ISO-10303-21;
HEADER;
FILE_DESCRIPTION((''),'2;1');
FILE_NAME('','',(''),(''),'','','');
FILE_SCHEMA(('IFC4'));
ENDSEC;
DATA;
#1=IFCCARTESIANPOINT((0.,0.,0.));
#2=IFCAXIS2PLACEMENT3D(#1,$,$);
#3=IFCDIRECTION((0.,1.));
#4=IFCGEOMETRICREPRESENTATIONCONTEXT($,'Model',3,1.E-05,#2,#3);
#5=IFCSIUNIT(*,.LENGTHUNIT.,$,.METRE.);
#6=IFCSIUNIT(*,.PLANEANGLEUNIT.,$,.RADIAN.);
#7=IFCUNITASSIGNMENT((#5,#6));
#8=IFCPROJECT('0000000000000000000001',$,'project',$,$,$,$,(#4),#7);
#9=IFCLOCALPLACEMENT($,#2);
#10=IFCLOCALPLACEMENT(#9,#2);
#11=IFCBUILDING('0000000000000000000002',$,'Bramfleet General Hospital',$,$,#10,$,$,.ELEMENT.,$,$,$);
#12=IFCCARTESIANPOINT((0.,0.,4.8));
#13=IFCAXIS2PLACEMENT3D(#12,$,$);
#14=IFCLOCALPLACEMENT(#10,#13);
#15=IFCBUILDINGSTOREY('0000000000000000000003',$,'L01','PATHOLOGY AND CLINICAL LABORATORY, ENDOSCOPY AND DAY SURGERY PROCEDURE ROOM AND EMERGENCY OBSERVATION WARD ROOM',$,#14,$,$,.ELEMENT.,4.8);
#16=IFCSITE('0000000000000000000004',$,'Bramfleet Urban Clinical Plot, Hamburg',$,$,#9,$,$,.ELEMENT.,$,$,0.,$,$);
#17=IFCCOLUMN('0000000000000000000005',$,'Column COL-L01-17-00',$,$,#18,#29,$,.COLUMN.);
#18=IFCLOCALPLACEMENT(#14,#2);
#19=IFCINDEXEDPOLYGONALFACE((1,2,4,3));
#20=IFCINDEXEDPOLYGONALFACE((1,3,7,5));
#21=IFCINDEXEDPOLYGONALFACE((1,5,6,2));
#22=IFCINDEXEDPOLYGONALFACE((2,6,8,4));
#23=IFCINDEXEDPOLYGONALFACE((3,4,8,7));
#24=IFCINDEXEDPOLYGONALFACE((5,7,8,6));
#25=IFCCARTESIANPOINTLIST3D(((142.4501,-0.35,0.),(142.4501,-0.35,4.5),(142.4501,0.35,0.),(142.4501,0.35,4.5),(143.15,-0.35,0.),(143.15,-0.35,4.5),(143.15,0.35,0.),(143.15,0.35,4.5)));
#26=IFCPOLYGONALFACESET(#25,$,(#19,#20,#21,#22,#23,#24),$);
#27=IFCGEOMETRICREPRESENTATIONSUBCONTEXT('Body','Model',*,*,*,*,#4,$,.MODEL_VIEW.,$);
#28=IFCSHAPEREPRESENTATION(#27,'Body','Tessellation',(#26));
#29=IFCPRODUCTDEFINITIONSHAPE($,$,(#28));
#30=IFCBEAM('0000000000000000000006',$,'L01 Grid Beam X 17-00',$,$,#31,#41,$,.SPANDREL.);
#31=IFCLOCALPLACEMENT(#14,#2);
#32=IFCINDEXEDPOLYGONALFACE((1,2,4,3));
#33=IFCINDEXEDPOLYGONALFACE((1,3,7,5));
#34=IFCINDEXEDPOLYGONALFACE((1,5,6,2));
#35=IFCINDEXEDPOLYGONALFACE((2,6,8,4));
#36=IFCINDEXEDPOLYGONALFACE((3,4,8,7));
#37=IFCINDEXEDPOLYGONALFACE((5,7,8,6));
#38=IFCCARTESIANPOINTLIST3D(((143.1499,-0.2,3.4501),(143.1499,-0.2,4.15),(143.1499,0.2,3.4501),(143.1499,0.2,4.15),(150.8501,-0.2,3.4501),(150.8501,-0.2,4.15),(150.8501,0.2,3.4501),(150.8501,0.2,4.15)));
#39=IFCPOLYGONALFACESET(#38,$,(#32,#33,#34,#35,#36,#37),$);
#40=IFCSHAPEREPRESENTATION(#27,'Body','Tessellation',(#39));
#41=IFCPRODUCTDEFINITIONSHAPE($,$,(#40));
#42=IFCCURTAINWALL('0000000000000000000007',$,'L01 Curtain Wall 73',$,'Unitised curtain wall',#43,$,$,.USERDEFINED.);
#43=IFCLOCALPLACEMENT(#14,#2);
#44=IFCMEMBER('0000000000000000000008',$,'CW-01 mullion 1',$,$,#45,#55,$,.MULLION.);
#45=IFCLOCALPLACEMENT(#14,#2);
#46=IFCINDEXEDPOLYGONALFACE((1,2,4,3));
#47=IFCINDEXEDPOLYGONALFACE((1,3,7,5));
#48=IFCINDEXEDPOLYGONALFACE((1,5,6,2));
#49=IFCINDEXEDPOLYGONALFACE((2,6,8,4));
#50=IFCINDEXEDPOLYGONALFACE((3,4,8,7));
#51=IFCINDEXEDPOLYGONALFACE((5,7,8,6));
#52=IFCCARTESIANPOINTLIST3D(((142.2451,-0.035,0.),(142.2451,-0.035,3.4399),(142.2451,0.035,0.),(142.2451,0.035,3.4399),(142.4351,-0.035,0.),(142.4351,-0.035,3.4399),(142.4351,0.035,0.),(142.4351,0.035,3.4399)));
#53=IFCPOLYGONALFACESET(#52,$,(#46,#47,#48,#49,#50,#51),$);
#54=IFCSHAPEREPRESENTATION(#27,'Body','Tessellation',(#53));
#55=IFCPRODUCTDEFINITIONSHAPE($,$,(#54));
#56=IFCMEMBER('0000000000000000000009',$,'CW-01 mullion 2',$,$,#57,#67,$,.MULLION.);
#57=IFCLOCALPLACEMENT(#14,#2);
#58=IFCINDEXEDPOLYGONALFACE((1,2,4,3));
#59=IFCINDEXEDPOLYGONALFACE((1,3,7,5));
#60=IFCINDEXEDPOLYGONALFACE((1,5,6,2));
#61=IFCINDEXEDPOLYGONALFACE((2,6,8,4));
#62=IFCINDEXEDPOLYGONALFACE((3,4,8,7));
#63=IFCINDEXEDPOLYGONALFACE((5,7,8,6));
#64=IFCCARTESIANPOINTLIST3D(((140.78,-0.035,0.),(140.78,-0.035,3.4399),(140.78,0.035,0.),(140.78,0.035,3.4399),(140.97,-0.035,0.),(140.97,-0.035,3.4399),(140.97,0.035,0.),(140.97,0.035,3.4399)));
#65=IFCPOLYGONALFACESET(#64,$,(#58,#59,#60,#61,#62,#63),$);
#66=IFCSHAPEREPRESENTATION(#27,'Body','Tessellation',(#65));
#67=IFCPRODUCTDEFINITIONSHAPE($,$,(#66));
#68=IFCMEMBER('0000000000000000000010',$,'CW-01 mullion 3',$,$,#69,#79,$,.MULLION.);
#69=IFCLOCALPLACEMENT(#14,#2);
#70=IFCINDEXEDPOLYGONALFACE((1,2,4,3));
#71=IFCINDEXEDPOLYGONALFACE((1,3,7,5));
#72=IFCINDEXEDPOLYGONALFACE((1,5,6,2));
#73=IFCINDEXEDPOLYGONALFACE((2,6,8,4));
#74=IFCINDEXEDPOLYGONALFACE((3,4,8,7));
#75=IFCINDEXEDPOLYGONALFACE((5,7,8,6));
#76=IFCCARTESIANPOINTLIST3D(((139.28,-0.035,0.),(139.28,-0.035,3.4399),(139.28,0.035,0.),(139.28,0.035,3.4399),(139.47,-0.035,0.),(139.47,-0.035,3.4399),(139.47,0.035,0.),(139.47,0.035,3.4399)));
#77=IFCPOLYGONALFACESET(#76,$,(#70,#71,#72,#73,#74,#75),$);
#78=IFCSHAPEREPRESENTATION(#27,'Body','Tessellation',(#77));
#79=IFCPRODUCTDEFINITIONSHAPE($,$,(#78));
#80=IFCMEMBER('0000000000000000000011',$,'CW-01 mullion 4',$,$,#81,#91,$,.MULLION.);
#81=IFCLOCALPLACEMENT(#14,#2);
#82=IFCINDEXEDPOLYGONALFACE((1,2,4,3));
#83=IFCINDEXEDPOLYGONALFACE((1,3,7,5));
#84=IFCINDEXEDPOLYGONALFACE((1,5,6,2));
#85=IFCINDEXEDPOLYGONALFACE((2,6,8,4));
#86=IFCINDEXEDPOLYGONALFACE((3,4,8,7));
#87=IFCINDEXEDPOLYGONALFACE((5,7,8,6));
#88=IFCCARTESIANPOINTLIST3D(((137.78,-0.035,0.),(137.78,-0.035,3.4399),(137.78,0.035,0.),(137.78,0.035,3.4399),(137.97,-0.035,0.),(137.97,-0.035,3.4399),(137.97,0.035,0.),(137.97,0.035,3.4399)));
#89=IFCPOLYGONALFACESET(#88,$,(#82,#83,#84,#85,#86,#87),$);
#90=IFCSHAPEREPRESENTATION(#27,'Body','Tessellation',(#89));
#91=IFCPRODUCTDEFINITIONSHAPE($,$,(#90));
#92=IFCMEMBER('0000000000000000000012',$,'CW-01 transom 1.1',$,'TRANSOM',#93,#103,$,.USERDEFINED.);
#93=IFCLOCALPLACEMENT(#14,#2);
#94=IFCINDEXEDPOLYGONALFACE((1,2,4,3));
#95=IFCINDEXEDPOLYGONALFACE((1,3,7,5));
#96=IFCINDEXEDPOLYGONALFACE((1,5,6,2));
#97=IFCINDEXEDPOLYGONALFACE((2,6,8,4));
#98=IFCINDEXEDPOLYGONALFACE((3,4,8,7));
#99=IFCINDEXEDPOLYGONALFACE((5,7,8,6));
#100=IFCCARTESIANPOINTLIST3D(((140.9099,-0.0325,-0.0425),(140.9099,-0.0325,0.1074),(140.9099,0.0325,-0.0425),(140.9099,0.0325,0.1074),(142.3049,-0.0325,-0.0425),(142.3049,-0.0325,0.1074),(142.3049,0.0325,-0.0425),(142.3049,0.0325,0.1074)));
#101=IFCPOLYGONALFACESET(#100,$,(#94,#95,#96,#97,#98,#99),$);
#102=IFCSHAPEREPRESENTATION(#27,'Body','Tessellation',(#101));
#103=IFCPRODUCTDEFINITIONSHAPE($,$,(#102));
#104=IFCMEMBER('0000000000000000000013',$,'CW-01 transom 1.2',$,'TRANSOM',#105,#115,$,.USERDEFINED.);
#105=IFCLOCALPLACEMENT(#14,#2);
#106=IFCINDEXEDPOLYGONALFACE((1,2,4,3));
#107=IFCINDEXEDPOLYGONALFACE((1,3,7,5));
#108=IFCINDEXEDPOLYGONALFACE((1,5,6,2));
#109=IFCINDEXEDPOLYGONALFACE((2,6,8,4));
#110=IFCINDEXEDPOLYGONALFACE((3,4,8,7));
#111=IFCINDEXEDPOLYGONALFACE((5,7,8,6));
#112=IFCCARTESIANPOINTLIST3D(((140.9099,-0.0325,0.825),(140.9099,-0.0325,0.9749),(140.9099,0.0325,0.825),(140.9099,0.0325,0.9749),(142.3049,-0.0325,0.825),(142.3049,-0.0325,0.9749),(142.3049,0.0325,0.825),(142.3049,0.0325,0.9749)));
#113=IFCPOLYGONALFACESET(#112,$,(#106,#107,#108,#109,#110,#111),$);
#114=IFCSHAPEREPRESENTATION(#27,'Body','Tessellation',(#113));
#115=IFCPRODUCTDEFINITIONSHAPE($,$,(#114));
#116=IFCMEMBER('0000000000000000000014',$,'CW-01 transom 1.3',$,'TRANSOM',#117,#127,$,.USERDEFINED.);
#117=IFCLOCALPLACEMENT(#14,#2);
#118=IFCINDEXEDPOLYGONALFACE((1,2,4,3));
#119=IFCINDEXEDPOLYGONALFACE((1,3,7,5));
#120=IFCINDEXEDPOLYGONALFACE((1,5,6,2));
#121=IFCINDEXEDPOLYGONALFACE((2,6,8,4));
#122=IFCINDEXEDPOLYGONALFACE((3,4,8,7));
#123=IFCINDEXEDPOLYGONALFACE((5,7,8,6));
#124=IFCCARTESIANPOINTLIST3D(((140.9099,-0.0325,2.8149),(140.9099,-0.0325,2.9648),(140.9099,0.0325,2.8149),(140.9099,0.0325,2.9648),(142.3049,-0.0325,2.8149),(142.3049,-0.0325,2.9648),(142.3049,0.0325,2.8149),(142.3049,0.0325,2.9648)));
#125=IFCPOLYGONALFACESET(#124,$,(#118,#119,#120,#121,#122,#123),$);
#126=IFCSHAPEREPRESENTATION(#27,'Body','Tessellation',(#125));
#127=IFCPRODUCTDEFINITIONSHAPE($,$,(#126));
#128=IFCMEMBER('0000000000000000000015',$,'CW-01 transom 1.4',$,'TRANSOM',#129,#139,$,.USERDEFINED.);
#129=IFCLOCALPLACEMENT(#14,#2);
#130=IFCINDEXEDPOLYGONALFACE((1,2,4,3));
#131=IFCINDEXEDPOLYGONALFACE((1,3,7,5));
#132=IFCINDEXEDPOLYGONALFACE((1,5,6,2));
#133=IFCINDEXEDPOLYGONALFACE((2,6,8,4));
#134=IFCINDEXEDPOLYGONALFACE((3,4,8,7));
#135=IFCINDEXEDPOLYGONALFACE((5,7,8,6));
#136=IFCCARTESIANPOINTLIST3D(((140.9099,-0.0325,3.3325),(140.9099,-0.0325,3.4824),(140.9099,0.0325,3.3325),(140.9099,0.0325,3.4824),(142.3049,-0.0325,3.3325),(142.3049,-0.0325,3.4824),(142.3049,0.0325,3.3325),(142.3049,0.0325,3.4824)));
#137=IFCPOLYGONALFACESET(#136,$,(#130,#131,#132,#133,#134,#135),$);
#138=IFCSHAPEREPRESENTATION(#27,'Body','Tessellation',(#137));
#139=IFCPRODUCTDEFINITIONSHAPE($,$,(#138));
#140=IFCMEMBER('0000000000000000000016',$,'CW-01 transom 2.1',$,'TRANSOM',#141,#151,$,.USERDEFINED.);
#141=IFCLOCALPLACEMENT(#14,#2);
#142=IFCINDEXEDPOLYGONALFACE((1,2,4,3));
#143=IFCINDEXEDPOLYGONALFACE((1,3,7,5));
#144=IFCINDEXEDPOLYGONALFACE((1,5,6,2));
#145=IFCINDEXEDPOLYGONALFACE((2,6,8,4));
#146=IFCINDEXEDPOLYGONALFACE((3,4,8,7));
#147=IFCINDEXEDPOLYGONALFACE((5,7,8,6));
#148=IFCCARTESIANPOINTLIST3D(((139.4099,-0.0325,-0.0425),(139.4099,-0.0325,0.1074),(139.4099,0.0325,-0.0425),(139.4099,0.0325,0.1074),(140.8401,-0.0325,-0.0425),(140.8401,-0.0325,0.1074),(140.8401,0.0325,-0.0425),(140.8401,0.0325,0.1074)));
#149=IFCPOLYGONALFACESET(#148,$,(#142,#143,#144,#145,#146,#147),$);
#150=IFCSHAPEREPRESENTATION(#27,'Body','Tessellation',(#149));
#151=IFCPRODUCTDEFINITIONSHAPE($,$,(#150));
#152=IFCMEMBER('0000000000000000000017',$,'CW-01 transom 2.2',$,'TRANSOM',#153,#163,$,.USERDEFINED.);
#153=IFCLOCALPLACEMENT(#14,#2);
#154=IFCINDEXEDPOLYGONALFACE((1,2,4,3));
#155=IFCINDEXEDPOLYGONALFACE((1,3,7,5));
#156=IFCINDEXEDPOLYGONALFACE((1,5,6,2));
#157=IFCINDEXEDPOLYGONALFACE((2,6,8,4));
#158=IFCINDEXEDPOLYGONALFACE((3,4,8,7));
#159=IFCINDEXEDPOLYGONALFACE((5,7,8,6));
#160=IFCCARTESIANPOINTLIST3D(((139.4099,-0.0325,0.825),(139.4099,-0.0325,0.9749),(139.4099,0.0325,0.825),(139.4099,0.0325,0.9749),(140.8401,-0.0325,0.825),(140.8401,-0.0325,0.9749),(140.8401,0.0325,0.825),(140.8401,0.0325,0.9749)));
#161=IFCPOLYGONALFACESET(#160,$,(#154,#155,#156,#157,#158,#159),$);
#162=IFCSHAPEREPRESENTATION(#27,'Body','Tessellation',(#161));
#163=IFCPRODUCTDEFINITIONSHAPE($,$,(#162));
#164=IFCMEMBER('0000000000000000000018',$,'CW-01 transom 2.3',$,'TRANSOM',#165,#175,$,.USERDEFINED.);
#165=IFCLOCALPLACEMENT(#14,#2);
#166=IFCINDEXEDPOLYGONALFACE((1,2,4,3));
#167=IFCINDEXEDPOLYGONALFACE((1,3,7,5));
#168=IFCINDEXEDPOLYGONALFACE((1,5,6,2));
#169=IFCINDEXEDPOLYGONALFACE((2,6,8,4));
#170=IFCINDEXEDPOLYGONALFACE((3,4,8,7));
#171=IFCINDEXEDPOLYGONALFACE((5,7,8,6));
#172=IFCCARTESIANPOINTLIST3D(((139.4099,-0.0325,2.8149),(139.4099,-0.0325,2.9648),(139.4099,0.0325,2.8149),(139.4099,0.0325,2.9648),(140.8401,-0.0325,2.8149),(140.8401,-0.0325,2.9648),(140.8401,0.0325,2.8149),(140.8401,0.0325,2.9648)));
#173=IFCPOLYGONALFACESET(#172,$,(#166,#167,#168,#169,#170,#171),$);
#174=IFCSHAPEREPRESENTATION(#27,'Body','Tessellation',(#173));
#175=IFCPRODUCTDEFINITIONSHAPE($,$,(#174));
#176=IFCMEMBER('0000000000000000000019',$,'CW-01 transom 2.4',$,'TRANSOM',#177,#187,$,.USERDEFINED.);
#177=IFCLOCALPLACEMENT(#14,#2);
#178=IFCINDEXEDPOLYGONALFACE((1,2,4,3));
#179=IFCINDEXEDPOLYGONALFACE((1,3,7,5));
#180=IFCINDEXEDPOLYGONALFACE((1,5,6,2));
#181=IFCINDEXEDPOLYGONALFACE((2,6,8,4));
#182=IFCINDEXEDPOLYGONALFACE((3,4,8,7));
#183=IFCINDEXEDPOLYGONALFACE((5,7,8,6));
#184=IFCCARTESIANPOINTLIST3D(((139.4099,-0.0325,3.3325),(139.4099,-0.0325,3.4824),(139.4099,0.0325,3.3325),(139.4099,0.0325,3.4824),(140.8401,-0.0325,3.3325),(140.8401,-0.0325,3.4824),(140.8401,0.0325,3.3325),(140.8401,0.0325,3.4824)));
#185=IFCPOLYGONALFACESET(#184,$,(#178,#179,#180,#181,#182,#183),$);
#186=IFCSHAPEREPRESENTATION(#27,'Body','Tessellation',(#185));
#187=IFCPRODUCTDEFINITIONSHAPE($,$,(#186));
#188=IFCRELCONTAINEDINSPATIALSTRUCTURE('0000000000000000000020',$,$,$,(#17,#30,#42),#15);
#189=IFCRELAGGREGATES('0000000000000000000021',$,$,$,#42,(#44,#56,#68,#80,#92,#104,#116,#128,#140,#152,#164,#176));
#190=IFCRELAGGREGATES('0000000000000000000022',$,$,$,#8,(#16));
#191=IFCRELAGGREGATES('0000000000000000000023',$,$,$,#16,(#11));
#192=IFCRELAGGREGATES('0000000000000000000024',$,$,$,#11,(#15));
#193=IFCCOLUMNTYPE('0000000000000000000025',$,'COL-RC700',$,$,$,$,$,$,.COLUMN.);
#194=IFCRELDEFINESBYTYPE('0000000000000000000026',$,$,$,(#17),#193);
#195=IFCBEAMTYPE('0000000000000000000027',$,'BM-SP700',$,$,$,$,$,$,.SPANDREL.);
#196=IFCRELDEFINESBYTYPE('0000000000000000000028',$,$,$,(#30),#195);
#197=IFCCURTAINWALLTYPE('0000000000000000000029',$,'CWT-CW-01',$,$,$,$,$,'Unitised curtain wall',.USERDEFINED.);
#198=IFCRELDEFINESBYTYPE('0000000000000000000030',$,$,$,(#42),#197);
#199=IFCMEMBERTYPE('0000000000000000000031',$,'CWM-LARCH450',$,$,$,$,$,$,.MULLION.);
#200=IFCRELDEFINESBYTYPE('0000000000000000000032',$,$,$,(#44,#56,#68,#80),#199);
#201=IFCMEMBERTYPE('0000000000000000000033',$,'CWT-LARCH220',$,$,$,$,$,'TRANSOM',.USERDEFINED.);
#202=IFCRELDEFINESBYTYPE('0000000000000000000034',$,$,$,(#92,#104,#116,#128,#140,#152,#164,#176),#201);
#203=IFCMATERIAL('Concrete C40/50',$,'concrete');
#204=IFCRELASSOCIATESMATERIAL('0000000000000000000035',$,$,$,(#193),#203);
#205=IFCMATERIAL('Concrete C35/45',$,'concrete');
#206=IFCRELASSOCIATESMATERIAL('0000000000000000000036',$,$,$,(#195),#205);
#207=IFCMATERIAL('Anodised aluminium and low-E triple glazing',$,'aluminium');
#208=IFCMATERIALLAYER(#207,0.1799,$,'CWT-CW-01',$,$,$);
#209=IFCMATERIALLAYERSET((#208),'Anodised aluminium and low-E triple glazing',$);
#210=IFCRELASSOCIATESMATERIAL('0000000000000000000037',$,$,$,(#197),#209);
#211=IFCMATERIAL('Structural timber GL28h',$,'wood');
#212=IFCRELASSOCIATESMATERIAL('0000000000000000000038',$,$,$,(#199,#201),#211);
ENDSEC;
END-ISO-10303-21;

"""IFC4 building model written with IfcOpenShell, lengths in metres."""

from ifc_helpers import new_model, si_unit, direction, frame, origin, origin_2d, place, context, subcontext, project, spatial, rectangle, extrude, material, layer, layer_set, material_profile, profile_set, type_object, element, aggregate, save


model = new_model("IFC4")

# Units and contexts
model_context = context("Model", 3, precision=1e-05, world=origin(), true_north=direction((0.0, 1.0)))
body_context = subcontext(model_context, "Body", "Model", "MODEL_VIEW")
ifc_project = project(units=[si_unit("LENGTHUNIT", "METRE"), si_unit("PLANEANGLEUNIT", "RADIAN")], contexts=[model_context])

# Site, building, storey
site_placement = place(None, origin())
site = spatial("IfcSite", under=ifc_project, at=site_placement, Name="Bramfleet Urban Clinical Plot, Hamburg", CompositionType="ELEMENT", RefElevation=0.0)
building_placement = place(site_placement, origin())
building = spatial("IfcBuilding", under=site, at=building_placement, Name="Bramfleet General Hospital", CompositionType="ELEMENT")
storey_placement = place(building_placement, frame((0.0, 0.0, 4.8)))
storey = spatial("IfcBuildingStorey", under=building, at=storey_placement, Name="L01", Description="PATHOLOGY AND CLINICAL LABORATORY, ENDOSCOPY AND DAY SURGERY PROCEDURE ROOM AND EMERGENCY OBSERVATION WARD ROOM", CompositionType="ELEMENT", Elevation=4.8)

# Column
ifc_material_1 = material(Name="Concrete C40/50", Category="concrete")
ifc_material_profile_1 = material_profile(ifc_material_1, rectangle(XDim=0.7, YDim=0.7, at=origin_2d()), Name="RC COL 700x700")
ifc_profile_set_1 = profile_set([ifc_material_profile_1], Name="Concrete C40/50")
column_type = type_object("IfcColumnType", Name="COL-RC700", PredefinedType="COLUMN", material=ifc_profile_set_1)
column_placement = place(storey_placement, frame((142.8, 0.0, 0.0), z_axis=(0.0, 0.0, 1.0), x_axis=(1.0, 0.0, 0.0)))
element("IfcColumn", 1, at=column_placement, inside=storey, type_object=column_type, Name="Column COL-L01-17-00", PredefinedType="COLUMN", context=body_context, shape_type="SweptSolid", body=[
    extrude(rectangle(XDim=0.7, YDim=0.7, at=origin_2d()), origin(), (0.0, 0.0, 1.0), 4.5),
])

# Beam
ifc_material_2 = material(Name="Concrete C35/45", Category="concrete")
ifc_material_profile_2 = material_profile(ifc_material_2, rectangle(XDim=0.3999, YDim=0.7, at=origin_2d()), Name="RC SP 700x400")
ifc_profile_set_2 = profile_set([ifc_material_profile_2], Name="Concrete C35/45")
beam_type = type_object("IfcBeamType", Name="BM-SP700", PredefinedType="SPANDREL", material=ifc_profile_set_2)
beam_placement = place(storey_placement, frame((143.1499, 0.0, 3.8), z_axis=(1.0, 0.0, 0.0), x_axis=(0.0, 1.0, 0.0)))
element("IfcBeam", 2, at=beam_placement, inside=storey, type_object=beam_type, Name="L01 Grid Beam X 17-00", PredefinedType="SPANDREL", context=body_context, shape_type="SweptSolid", body=[
    extrude(rectangle(XDim=0.3999, YDim=0.7, at=origin_2d()), origin(), (0.0, 0.0, 1.0), 7.7002),
])

# Curtain wall, members
ifc_material_3 = material(Name="Anodised aluminium and low-E triple glazing", Category="aluminium")
ifc_layer_1 = layer(ifc_material_3, 0.1799, Name="CWT-CW-01")
ifc_layer_set_1 = layer_set([ifc_layer_1], Name="Anodised aluminium and low-E triple glazing")
curtain_wall_type = type_object("IfcCurtainWallType", Name="CWT-CW-01", ElementType="Unitised curtain wall", PredefinedType="USERDEFINED", material=ifc_layer_set_1)
curtain_wall_placement = place(storey_placement, origin())
curtain_wall = element("IfcCurtainWall", 3, at=curtain_wall_placement, inside=storey, type_object=curtain_wall_type, Name="L01 Curtain Wall 73", ObjectType="Unitised curtain wall", PredefinedType="USERDEFINED")
ifc_material_4 = material(Name="Structural timber GL28h", Category="wood")
ifc_material_profile_3 = material_profile(ifc_material_4, rectangle(XDim=0.0701, YDim=0.1899, at=origin_2d()), Name="LARCH 190x70")
ifc_profile_set_3 = profile_set([ifc_material_profile_3], Name="Structural timber GL28h")
member_type_1 = type_object("IfcMemberType", Name="CWM-LARCH450", PredefinedType="MULLION", material=ifc_profile_set_3)
member_1_placement = place(storey_placement, frame((142.3401, 0.0, 0.0), z_axis=(0.0, 0.0, 1.0), x_axis=(0.0, -1.0, 0.0)))
member_1 = element("IfcMember", 4, at=member_1_placement, type_object=member_type_1, Name="CW-01 mullion 1", PredefinedType="MULLION", context=body_context, shape_type="SweptSolid", body=[
    extrude(rectangle(XDim=0.0701, YDim=0.1899, at=origin_2d()), origin(), (0.0, 0.0, 1.0), 3.4399),
])
member_2_placement = place(storey_placement, frame((140.875, 0.0, 0.0), z_axis=(0.0, 0.0, 1.0), x_axis=(0.0, -1.0, 0.0)))
member_2 = element("IfcMember", 5, at=member_2_placement, type_object=member_type_1, Name="CW-01 mullion 2", PredefinedType="MULLION", context=body_context, shape_type="SweptSolid", body=[
    extrude(rectangle(XDim=0.0701, YDim=0.1899, at=origin_2d()), origin(), (0.0, 0.0, 1.0), 3.4399),
])
member_3_placement = place(storey_placement, frame((139.375, 0.0, 0.0), z_axis=(0.0, 0.0, 1.0), x_axis=(0.0, -1.0, 0.0)))
member_3 = element("IfcMember", 6, at=member_3_placement, type_object=member_type_1, Name="CW-01 mullion 3", PredefinedType="MULLION", context=body_context, shape_type="SweptSolid", body=[
    extrude(rectangle(XDim=0.0701, YDim=0.1899, at=origin_2d()), origin(), (0.0, 0.0, 1.0), 3.4399),
])
member_4_placement = place(storey_placement, frame((137.875, 0.0, 0.0), z_axis=(0.0, 0.0, 1.0), x_axis=(0.0, -1.0, 0.0)))
member_4 = element("IfcMember", 7, at=member_4_placement, type_object=member_type_1, Name="CW-01 mullion 4", PredefinedType="MULLION", context=body_context, shape_type="SweptSolid", body=[
    extrude(rectangle(XDim=0.0701, YDim=0.1899, at=origin_2d()), origin(), (0.0, 0.0, 1.0), 3.4399),
])
ifc_material_profile_4 = material_profile(ifc_material_4, rectangle(XDim=0.0649, YDim=0.1499, at=origin_2d()), Name="LARCH 150x65")
ifc_profile_set_4 = profile_set([ifc_material_profile_4], Name="Structural timber GL28h")
member_type_2 = type_object("IfcMemberType", Name="CWT-LARCH220", ElementType="TRANSOM", PredefinedType="USERDEFINED", material=ifc_profile_set_4)
member_5_placement = place(storey_placement, frame((142.3049, 0.0, 0.0325), z_axis=(-1.0, 0.0, 0.0), x_axis=(0.0, -1.0, 0.0)))
member_5 = element("IfcMember", 8, at=member_5_placement, type_object=member_type_2, Name="CW-01 transom 1.1", ObjectType="TRANSOM", PredefinedType="USERDEFINED", context=body_context, shape_type="SweptSolid", body=[
    extrude(rectangle(XDim=0.0649, YDim=0.1499, at=origin_2d()), origin(), (0.0, 0.0, 1.0), 1.395),
])
member_6_placement = place(storey_placement, frame((142.3049, 0.0, 0.8999), z_axis=(-1.0, 0.0, 0.0), x_axis=(0.0, -1.0, 0.0)))
member_6 = element("IfcMember", 9, at=member_6_placement, type_object=member_type_2, Name="CW-01 transom 1.2", ObjectType="TRANSOM", PredefinedType="USERDEFINED", context=body_context, shape_type="SweptSolid", body=[
    extrude(rectangle(XDim=0.0649, YDim=0.1499, at=origin_2d()), origin(), (0.0, 0.0, 1.0), 1.395),
])
member_7_placement = place(storey_placement, frame((142.3049, 0.0, 2.8899), z_axis=(-1.0, 0.0, 0.0), x_axis=(0.0, -1.0, 0.0)))
member_7 = element("IfcMember", 10, at=member_7_placement, type_object=member_type_2, Name="CW-01 transom 1.3", ObjectType="TRANSOM", PredefinedType="USERDEFINED", context=body_context, shape_type="SweptSolid", body=[
    extrude(rectangle(XDim=0.0649, YDim=0.1499, at=origin_2d()), origin(), (0.0, 0.0, 1.0), 1.395),
])
member_8_placement = place(storey_placement, frame((142.3049, 0.0, 3.4075), z_axis=(-1.0, 0.0, 0.0), x_axis=(0.0, -1.0, 0.0)))
member_8 = element("IfcMember", 11, at=member_8_placement, type_object=member_type_2, Name="CW-01 transom 1.4", ObjectType="TRANSOM", PredefinedType="USERDEFINED", context=body_context, shape_type="SweptSolid", body=[
    extrude(rectangle(XDim=0.0649, YDim=0.1499, at=origin_2d()), origin(), (0.0, 0.0, 1.0), 1.395),
])
member_9_placement = place(storey_placement, frame((140.8401, 0.0, 0.0325), z_axis=(-1.0, 0.0, 0.0), x_axis=(0.0, -1.0, 0.0)))
member_9 = element("IfcMember", 12, at=member_9_placement, type_object=member_type_2, Name="CW-01 transom 2.1", ObjectType="TRANSOM", PredefinedType="USERDEFINED", context=body_context, shape_type="SweptSolid", body=[
    extrude(rectangle(XDim=0.0649, YDim=0.1499, at=origin_2d()), origin(), (0.0, 0.0, 1.0), 1.4302),
])
member_10_placement = place(storey_placement, frame((140.8401, 0.0, 0.8999), z_axis=(-1.0, 0.0, 0.0), x_axis=(0.0, -1.0, 0.0)))
member_10 = element("IfcMember", 13, at=member_10_placement, type_object=member_type_2, Name="CW-01 transom 2.2", ObjectType="TRANSOM", PredefinedType="USERDEFINED", context=body_context, shape_type="SweptSolid", body=[
    extrude(rectangle(XDim=0.0649, YDim=0.1499, at=origin_2d()), origin(), (0.0, 0.0, 1.0), 1.4302),
])
member_11_placement = place(storey_placement, frame((140.8401, 0.0, 2.8899), z_axis=(-1.0, 0.0, 0.0), x_axis=(0.0, -1.0, 0.0)))
member_11 = element("IfcMember", 14, at=member_11_placement, type_object=member_type_2, Name="CW-01 transom 2.3", ObjectType="TRANSOM", PredefinedType="USERDEFINED", context=body_context, shape_type="SweptSolid", body=[
    extrude(rectangle(XDim=0.0649, YDim=0.1499, at=origin_2d()), origin(), (0.0, 0.0, 1.0), 1.4302),
])
member_12_placement = place(storey_placement, frame((140.8401, 0.0, 3.4075), z_axis=(-1.0, 0.0, 0.0), x_axis=(0.0, -1.0, 0.0)))
member_12 = element("IfcMember", 15, at=member_12_placement, type_object=member_type_2, Name="CW-01 transom 2.4", ObjectType="TRANSOM", PredefinedType="USERDEFINED", context=body_context, shape_type="SweptSolid", body=[
    extrude(rectangle(XDim=0.0649, YDim=0.1499, at=origin_2d()), origin(), (0.0, 0.0, 1.0), 1.4302),
])
aggregate(curtain_wall, [member_1, member_2, member_3, member_4, member_5, member_6, member_7, member_8, member_9, member_10, member_11, member_12])

save(model, "model.ifc")
